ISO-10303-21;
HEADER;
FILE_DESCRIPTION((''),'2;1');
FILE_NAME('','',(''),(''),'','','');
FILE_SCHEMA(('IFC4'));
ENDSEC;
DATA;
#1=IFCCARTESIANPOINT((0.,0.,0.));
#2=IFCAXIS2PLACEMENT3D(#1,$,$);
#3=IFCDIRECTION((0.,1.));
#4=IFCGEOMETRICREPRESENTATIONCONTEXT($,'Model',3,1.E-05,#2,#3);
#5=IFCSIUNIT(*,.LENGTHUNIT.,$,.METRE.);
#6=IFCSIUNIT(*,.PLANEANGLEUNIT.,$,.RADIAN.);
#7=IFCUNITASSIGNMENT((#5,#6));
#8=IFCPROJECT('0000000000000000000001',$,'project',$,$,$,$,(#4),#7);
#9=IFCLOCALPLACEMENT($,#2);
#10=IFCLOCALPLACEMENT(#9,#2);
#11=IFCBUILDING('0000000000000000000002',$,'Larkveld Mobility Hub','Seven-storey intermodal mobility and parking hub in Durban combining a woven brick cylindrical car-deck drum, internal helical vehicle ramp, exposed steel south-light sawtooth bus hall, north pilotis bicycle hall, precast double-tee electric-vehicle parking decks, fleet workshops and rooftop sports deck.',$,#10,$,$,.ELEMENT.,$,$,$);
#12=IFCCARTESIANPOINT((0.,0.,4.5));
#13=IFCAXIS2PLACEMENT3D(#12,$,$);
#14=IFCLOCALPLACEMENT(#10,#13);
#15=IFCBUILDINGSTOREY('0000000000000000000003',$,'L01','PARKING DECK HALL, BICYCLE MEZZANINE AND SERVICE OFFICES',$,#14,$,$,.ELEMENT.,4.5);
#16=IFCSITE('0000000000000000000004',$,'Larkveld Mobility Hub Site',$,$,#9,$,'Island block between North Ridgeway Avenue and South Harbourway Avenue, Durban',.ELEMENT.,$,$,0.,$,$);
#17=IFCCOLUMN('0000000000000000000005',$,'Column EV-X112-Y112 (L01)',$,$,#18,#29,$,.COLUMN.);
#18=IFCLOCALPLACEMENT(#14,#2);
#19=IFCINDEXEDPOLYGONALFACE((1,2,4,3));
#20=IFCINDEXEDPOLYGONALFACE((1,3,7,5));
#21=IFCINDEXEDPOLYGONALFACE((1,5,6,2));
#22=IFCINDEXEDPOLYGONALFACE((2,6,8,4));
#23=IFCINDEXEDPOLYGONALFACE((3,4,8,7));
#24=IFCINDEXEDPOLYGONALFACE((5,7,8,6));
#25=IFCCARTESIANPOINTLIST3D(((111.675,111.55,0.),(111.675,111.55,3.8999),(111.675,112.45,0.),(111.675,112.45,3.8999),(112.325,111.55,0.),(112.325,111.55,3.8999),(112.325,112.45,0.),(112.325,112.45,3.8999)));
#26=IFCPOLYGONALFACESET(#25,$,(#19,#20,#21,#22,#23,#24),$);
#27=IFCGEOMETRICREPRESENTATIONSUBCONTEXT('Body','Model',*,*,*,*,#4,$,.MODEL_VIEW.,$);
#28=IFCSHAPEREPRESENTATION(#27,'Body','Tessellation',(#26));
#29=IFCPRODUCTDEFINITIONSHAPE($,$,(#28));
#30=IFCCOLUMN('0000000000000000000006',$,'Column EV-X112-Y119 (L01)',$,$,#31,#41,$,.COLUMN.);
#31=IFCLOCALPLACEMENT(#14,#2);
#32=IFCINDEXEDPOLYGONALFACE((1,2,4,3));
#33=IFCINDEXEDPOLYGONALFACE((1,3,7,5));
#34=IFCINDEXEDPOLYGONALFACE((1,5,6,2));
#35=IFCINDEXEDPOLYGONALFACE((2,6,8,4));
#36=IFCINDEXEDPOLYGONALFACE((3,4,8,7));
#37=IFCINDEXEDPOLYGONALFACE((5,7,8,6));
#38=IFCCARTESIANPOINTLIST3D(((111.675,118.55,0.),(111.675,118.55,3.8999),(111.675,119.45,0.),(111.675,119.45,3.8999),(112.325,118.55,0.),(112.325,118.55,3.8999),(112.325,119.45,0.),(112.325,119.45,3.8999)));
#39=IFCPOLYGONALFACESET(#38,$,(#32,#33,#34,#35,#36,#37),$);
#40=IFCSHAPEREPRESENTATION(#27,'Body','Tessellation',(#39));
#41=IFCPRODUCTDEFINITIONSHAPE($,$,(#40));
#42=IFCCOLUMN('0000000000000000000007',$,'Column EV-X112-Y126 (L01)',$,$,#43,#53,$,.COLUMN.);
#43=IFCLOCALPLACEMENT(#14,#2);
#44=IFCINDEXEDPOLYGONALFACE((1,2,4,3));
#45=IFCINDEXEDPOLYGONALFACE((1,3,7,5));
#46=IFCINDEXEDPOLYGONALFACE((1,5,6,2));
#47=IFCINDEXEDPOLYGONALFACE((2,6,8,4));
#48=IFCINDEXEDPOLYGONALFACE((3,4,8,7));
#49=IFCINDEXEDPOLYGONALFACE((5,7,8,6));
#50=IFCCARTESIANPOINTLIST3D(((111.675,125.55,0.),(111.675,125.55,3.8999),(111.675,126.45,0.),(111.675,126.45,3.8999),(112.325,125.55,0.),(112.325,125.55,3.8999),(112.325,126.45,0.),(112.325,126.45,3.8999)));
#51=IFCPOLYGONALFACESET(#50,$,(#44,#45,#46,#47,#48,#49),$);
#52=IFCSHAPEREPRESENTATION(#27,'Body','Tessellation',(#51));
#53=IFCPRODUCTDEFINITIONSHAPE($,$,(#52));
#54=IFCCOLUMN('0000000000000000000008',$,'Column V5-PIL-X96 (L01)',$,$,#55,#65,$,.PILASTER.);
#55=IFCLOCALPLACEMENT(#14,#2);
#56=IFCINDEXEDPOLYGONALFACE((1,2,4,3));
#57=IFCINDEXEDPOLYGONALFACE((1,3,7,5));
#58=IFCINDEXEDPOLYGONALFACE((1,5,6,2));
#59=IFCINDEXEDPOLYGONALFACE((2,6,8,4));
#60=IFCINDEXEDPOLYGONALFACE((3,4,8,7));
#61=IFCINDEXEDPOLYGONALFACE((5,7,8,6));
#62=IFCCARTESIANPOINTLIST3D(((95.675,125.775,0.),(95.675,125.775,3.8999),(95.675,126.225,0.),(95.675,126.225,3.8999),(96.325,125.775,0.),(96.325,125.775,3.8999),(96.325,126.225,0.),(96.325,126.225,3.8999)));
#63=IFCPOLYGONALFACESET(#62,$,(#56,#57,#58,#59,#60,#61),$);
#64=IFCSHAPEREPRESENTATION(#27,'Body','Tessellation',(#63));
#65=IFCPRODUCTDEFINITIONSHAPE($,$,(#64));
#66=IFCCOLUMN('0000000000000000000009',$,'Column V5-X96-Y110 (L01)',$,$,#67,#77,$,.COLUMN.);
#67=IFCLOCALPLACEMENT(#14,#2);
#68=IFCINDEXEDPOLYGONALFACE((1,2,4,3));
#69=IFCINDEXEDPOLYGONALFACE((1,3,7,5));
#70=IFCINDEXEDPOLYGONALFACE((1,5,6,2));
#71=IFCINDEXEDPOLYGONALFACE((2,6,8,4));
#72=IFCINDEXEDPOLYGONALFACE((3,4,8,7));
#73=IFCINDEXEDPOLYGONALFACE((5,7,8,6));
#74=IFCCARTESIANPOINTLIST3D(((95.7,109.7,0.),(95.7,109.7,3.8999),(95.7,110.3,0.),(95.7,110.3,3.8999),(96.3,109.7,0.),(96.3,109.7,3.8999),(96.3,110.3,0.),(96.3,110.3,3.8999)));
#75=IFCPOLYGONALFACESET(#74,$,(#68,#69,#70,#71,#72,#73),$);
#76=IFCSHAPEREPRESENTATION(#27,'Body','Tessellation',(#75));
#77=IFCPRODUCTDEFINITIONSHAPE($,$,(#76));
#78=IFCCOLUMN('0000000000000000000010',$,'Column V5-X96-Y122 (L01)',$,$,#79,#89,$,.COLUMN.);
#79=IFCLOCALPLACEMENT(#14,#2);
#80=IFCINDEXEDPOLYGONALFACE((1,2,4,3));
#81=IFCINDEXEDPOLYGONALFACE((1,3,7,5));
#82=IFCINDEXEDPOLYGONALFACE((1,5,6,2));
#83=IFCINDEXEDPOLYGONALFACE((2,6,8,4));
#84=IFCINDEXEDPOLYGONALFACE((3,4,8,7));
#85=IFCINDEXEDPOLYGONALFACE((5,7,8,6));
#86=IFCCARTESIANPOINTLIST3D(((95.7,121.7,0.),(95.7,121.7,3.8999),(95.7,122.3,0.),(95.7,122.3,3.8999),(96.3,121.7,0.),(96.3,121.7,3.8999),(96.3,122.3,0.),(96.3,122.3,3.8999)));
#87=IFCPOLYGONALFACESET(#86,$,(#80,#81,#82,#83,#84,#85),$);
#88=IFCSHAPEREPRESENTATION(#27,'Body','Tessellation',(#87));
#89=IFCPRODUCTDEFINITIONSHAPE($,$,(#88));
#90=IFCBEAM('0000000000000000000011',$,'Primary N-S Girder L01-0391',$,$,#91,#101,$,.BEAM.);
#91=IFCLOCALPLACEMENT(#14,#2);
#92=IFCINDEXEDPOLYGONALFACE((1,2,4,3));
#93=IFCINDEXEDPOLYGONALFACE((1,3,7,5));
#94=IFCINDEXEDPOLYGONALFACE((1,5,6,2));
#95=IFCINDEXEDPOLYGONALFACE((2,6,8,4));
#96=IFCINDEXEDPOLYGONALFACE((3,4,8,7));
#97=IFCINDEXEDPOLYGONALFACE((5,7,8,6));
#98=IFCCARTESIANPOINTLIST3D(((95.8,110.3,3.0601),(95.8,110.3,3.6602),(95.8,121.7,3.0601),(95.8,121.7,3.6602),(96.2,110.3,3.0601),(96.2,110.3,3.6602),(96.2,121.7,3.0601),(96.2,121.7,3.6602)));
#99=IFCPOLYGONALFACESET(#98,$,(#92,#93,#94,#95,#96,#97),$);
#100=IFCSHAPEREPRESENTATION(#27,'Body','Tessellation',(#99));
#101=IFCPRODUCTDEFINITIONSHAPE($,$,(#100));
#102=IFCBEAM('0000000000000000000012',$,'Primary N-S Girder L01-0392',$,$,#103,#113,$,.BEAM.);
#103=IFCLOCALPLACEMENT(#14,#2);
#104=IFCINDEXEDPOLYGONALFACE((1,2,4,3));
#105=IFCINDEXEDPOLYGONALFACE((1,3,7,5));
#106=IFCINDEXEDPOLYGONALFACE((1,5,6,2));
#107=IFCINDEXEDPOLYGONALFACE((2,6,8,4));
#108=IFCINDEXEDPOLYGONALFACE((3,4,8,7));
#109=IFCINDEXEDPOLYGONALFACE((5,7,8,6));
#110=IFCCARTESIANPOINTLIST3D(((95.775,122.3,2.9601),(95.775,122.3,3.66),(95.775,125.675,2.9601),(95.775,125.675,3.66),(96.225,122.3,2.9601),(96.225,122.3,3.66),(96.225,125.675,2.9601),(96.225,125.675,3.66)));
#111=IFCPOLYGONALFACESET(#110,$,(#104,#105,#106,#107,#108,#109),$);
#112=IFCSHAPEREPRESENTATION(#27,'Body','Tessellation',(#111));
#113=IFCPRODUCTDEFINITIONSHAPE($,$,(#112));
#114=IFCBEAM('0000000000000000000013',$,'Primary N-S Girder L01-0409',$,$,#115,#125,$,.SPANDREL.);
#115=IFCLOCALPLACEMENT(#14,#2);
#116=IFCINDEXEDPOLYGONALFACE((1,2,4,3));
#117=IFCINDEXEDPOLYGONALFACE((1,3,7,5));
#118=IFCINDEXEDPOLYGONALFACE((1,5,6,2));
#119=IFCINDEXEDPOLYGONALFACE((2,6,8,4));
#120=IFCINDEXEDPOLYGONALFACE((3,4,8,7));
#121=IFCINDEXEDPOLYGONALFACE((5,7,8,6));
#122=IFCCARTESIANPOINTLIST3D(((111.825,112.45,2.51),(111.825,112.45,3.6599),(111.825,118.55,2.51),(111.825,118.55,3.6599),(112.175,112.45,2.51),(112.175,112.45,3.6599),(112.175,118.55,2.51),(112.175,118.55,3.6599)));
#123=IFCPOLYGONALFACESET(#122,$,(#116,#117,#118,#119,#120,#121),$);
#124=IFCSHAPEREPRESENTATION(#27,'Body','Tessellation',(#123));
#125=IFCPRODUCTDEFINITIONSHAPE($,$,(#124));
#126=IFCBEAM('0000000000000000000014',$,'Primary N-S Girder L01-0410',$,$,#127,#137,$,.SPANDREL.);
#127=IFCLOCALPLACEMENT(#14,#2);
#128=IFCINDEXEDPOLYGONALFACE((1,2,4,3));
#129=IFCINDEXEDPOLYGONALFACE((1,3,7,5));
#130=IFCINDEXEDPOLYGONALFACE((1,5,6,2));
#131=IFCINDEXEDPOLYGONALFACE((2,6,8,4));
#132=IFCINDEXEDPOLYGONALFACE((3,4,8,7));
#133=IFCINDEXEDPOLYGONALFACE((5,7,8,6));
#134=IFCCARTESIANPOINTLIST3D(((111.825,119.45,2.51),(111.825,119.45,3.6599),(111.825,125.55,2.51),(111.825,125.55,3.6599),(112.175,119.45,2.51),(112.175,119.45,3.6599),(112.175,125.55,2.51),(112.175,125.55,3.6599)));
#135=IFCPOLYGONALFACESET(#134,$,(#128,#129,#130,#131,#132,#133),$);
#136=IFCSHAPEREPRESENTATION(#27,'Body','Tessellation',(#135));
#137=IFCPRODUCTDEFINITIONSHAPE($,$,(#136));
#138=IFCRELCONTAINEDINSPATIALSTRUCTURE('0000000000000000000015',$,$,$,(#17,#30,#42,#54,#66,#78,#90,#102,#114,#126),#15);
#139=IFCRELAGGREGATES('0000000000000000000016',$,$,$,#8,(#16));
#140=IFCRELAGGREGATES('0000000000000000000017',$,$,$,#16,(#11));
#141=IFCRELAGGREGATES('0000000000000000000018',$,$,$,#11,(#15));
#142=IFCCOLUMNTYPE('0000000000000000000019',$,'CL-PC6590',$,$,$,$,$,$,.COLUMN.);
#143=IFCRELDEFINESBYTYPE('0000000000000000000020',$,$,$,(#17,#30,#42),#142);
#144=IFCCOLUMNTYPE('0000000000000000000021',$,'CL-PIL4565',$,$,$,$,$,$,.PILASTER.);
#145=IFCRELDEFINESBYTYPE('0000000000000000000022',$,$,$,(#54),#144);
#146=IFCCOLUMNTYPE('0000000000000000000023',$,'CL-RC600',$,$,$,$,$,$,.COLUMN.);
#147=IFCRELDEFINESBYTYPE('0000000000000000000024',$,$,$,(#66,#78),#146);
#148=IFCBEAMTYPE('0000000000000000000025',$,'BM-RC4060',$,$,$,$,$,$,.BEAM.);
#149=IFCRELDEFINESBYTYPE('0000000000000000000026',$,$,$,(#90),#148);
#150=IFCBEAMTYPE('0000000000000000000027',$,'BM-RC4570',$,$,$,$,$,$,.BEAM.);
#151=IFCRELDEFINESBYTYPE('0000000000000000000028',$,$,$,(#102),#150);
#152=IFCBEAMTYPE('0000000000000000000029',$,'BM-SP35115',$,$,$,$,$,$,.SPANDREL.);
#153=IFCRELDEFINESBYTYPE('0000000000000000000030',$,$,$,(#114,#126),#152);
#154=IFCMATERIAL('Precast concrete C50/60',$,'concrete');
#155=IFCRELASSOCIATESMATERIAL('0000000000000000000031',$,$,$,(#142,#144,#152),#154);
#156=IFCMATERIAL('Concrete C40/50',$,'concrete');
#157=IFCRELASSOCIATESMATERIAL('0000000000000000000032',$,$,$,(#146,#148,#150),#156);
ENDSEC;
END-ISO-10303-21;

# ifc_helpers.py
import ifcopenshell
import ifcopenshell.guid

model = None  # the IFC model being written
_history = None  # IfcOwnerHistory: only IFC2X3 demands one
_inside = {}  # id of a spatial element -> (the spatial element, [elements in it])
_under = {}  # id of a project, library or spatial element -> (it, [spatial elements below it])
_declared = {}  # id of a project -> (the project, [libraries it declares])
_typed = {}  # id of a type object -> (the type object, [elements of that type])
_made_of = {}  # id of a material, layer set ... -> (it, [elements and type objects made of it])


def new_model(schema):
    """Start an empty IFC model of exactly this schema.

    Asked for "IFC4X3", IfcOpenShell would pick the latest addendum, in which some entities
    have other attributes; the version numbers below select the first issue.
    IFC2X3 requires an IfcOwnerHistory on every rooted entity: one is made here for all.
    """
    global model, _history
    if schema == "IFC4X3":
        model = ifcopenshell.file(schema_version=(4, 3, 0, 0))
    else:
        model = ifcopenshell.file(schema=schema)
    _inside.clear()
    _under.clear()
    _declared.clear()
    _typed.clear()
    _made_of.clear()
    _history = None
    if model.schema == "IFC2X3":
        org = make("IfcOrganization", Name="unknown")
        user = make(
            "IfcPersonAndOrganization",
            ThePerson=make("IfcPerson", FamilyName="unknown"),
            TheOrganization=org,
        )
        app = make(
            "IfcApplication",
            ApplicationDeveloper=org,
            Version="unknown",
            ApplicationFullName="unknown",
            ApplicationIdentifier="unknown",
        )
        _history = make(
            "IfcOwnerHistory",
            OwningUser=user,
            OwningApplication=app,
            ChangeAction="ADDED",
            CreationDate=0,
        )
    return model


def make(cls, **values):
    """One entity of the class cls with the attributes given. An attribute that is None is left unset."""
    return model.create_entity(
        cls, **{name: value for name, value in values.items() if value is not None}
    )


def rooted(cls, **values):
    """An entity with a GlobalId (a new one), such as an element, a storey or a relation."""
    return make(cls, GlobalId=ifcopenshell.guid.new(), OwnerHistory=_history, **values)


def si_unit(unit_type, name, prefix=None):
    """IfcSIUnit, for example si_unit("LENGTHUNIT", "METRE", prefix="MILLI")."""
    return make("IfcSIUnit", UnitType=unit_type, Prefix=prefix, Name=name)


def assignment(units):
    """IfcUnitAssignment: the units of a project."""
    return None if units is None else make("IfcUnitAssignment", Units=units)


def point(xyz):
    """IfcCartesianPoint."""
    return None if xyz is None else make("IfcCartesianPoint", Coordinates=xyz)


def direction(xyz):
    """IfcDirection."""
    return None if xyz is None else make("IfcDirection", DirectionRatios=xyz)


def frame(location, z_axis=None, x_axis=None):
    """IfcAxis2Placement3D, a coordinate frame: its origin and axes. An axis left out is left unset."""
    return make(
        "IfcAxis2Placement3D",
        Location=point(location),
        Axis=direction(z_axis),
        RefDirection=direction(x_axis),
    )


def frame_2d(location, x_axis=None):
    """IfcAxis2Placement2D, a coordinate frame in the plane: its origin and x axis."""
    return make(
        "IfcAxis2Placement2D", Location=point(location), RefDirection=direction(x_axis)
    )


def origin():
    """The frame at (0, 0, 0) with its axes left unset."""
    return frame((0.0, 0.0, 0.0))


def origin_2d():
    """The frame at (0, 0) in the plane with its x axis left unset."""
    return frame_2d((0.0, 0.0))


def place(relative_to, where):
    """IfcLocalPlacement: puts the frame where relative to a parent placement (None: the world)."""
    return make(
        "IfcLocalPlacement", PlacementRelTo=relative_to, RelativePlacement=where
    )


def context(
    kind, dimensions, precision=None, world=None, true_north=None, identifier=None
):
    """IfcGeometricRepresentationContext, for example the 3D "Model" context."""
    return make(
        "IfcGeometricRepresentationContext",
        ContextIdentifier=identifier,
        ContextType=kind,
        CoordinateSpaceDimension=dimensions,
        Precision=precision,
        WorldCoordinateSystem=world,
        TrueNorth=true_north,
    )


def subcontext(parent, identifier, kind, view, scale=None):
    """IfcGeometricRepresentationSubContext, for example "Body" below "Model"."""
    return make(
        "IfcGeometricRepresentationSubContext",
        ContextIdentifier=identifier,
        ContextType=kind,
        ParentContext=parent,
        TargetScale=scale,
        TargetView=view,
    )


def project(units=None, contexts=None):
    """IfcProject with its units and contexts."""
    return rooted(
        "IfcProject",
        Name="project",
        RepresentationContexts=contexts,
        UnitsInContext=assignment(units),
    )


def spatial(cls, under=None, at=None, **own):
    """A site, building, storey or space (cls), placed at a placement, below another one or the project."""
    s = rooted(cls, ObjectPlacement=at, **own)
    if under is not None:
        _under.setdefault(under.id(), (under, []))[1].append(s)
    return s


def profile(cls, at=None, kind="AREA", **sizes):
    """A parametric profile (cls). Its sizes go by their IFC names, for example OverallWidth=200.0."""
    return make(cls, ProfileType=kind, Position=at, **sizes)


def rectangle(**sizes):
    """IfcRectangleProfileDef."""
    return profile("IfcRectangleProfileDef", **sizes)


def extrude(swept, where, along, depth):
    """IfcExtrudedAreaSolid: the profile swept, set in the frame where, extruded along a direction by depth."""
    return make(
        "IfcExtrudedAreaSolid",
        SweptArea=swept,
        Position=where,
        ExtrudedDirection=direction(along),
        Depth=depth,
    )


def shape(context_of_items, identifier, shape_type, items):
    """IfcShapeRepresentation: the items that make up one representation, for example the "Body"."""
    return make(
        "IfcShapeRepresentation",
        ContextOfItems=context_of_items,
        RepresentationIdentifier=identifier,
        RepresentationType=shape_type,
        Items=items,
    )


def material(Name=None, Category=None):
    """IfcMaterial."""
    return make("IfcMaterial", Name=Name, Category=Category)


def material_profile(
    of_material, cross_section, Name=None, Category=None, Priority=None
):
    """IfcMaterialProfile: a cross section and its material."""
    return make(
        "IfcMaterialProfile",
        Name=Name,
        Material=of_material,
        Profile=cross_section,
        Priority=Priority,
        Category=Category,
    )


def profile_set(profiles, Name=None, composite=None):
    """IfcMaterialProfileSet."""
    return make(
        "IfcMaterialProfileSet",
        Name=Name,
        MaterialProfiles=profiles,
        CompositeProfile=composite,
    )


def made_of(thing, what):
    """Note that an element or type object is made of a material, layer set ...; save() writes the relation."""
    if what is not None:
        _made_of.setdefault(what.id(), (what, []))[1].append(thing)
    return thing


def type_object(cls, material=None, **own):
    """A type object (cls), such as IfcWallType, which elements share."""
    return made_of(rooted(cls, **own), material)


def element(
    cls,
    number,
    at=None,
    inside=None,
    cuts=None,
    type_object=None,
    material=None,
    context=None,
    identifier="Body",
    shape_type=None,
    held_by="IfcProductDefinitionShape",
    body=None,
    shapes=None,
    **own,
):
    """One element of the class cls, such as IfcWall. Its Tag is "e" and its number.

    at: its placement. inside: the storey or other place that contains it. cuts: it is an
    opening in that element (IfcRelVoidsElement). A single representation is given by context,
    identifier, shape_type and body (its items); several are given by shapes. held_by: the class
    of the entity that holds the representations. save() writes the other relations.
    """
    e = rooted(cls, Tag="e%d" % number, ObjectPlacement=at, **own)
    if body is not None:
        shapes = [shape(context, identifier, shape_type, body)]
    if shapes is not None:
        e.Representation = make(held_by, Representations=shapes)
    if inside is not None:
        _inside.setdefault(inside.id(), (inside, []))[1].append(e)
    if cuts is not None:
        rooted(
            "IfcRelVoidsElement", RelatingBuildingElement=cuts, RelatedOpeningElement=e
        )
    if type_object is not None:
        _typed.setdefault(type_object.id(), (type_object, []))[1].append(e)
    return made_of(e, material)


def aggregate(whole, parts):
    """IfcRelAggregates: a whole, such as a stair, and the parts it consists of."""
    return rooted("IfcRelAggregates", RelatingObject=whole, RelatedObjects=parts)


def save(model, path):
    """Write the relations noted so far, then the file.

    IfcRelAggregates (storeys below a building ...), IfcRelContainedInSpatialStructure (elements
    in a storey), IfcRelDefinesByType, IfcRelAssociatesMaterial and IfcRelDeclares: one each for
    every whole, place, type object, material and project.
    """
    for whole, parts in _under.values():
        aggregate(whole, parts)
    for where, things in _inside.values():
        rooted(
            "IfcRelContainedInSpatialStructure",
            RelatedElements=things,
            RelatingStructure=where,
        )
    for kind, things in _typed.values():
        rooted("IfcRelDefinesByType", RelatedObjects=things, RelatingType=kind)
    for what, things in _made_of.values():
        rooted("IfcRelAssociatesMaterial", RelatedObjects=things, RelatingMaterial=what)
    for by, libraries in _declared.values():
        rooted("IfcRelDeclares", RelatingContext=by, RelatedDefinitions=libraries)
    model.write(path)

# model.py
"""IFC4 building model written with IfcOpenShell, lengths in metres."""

from ifc_helpers import new_model, si_unit, direction, frame, origin, origin_2d, place, context, subcontext, project, spatial, rectangle, extrude, material, material_profile, profile_set, type_object, element, save


model = new_model("IFC4")

# Units and contexts
model_context = context("Model", 3, precision=1e-05, world=origin(), true_north=direction((0.0, 1.0)))
body_context = subcontext(model_context, "Body", "Model", "MODEL_VIEW")
ifc_project = project(units=[si_unit("LENGTHUNIT", "METRE"), si_unit("PLANEANGLEUNIT", "RADIAN")], contexts=[model_context])

# Site, building, storey
site_placement = place(None, origin())
site = spatial("IfcSite", under=ifc_project, at=site_placement, Name="Larkveld Mobility Hub Site", LongName="Island block between North Ridgeway Avenue and South Harbourway Avenue, Durban", CompositionType="ELEMENT", RefElevation=0.0)
building_placement = place(site_placement, origin())
building = spatial("IfcBuilding", under=site, at=building_placement, Name="Larkveld Mobility Hub", Description="Seven-storey intermodal mobility and parking hub in Durban combining a woven brick cylindrical car-deck drum, internal helical vehicle ramp, exposed steel south-light sawtooth bus hall, north pilotis bicycle hall, precast double-tee electric-vehicle parking decks, fleet workshops and rooftop sports deck.", CompositionType="ELEMENT")
storey_placement = place(building_placement, frame((0.0, 0.0, 4.5)))
storey = spatial("IfcBuildingStorey", under=building, at=storey_placement, Name="L01", Description="PARKING DECK HALL, BICYCLE MEZZANINE AND SERVICE OFFICES", CompositionType="ELEMENT", Elevation=4.5)

# Columns
ifc_material_1 = material(Name="Precast concrete C50/60", Category="concrete")
ifc_material_profile_1 = material_profile(ifc_material_1, rectangle(XDim=0.6499, YDim=0.8999, at=origin_2d()), Name="RC COL 650x900")
ifc_profile_set_1 = profile_set([ifc_material_profile_1], Name="Precast concrete C50/60")
column_type_1 = type_object("IfcColumnType", Name="CL-PC6590", PredefinedType="COLUMN", material=ifc_profile_set_1)
for number, where, z_axis, x_axis, name in (
    (1, (112.0, 112.0, 0.0), (0.0, 0.0, 1.0), (1.0, 0.0, 0.0), "Column EV-X112-Y112 (L01)"),
    (2, (112.0, 119.0, 0.0), (0.0, 0.0, 1.0), (1.0, 0.0, 0.0), "Column EV-X112-Y119 (L01)"),
    (3, (112.0, 126.0, 0.0), (0.0, 0.0, 1.0), (1.0, 0.0, 0.0), "Column EV-X112-Y126 (L01)"),
):
    element("IfcColumn", number, at=place(storey_placement, frame(where, z_axis=z_axis, x_axis=x_axis)), inside=storey, type_object=column_type_1, Name=name, PredefinedType="COLUMN", context=body_context, shape_type="SweptSolid", body=[
        extrude(rectangle(XDim=0.6499, YDim=0.8999, at=origin_2d()), origin(), (0.0, 0.0, 1.0), 3.8999),
    ])
ifc_material_profile_2 = material_profile(ifc_material_1, rectangle(XDim=0.45, YDim=0.6499, at=origin_2d()), Name="PC PIL 450x650")
ifc_profile_set_2 = profile_set([ifc_material_profile_2], Name="Precast concrete C50/60")
column_type_2 = type_object("IfcColumnType", Name="CL-PIL4565", PredefinedType="PILASTER", material=ifc_profile_set_2)
column_placement = place(storey_placement, frame((96.0, 126.0, 0.0), z_axis=(0.0, 0.0, 1.0), x_axis=(0.0, 1.0, 0.0)))
element("IfcColumn", 4, at=column_placement, inside=storey, type_object=column_type_2, Name="Column V5-PIL-X96 (L01)", PredefinedType="PILASTER", context=body_context, shape_type="SweptSolid", body=[
    extrude(rectangle(XDim=0.45, YDim=0.6499, at=origin_2d()), origin(), (0.0, 0.0, 1.0), 3.8999),
])
ifc_material_2 = material(Name="Concrete C40/50", Category="concrete")
ifc_material_profile_3 = material_profile(ifc_material_2, rectangle(XDim=0.6001, YDim=0.6001, at=origin_2d()), Name="RC COL 600x600")
ifc_profile_set_3 = profile_set([ifc_material_profile_3], Name="Concrete C40/50")
column_type_3 = type_object("IfcColumnType", Name="CL-RC600", PredefinedType="COLUMN", material=ifc_profile_set_3)
for number, where, z_axis, x_axis, name in (
    (5, (96.0, 110.0, 0.0), (0.0, 0.0, 1.0), (1.0, 0.0, 0.0), "Column V5-X96-Y110 (L01)"),
    (6, (96.0, 122.0, 0.0), (0.0, 0.0, 1.0), (1.0, 0.0, 0.0), "Column V5-X96-Y122 (L01)"),
):
    element("IfcColumn", number, at=place(storey_placement, frame(where, z_axis=z_axis, x_axis=x_axis)), inside=storey, type_object=column_type_3, Name=name, PredefinedType="COLUMN", context=body_context, shape_type="SweptSolid", body=[
        extrude(rectangle(XDim=0.6001, YDim=0.6001, at=origin_2d()), origin(), (0.0, 0.0, 1.0), 3.8999),
    ])

# Beams
ifc_material_profile_4 = material_profile(ifc_material_2, rectangle(XDim=0.3999, YDim=0.6001, at=origin_2d()), Name="RC BM 400x600")
ifc_profile_set_4 = profile_set([ifc_material_profile_4], Name="Concrete C40/50")
beam_type_1 = type_object("IfcBeamType", Name="BM-RC4060", PredefinedType="BEAM", material=ifc_profile_set_4)
beam_1_placement = place(storey_placement, frame((96.0, 110.3, 3.3601), z_axis=(0.0, 1.0, 0.0), x_axis=(-1.0, 0.0, 0.0)))
element("IfcBeam", 7, at=beam_1_placement, inside=storey, type_object=beam_type_1, Name="Primary N-S Girder L01-0391", PredefinedType="BEAM", context=body_context, shape_type="SweptSolid", body=[
    extrude(rectangle(XDim=0.3999, YDim=0.6001, at=origin_2d()), origin(), (0.0, 0.0, 1.0), 11.3999),
])
ifc_material_profile_5 = material_profile(ifc_material_2, rectangle(XDim=0.45, YDim=0.7, at=origin_2d()), Name="RC BM 450x700")
ifc_profile_set_5 = profile_set([ifc_material_profile_5], Name="Concrete C40/50")
beam_type_2 = type_object("IfcBeamType", Name="BM-RC4570", PredefinedType="BEAM", material=ifc_profile_set_5)
beam_2_placement = place(storey_placement, frame((96.0, 122.3, 3.3101), z_axis=(0.0, 1.0, 0.0), x_axis=(-1.0, 0.0, 0.0)))
element("IfcBeam", 8, at=beam_2_placement, inside=storey, type_object=beam_type_2, Name="Primary N-S Girder L01-0392", PredefinedType="BEAM", context=body_context, shape_type="SweptSolid", body=[
    extrude(rectangle(XDim=0.45, YDim=0.7, at=origin_2d()), origin(), (0.0, 0.0, 1.0), 3.375),
])
ifc_material_profile_6 = material_profile(ifc_material_1, rectangle(XDim=0.3501, YDim=1.1499, at=origin_2d()), Name="PC SP 350x1150")
ifc_profile_set_6 = profile_set([ifc_material_profile_6], Name="Precast concrete C50/60")
beam_type_3 = type_object("IfcBeamType", Name="BM-SP35115", PredefinedType="SPANDREL", material=ifc_profile_set_6)
for number, where, z_axis, x_axis, name in (
    (9, (112.0, 112.45, 3.085), (0.0, 1.0, 0.0), (-1.0, 0.0, 0.0), "Primary N-S Girder L01-0409"),
    (10, (112.0, 119.45, 3.085), (0.0, 1.0, 0.0), (-1.0, 0.0, 0.0), "Primary N-S Girder L01-0410"),
):
    element("IfcBeam", number, at=place(storey_placement, frame(where, z_axis=z_axis, x_axis=x_axis)), inside=storey, type_object=beam_type_3, Name=name, PredefinedType="SPANDREL", context=body_context, shape_type="SweptSolid", body=[
        extrude(rectangle(XDim=0.3501, YDim=1.1499, at=origin_2d()), origin(), (0.0, 0.0, 1.0), 6.1001),
    ])

save(model, "model.ifc")
